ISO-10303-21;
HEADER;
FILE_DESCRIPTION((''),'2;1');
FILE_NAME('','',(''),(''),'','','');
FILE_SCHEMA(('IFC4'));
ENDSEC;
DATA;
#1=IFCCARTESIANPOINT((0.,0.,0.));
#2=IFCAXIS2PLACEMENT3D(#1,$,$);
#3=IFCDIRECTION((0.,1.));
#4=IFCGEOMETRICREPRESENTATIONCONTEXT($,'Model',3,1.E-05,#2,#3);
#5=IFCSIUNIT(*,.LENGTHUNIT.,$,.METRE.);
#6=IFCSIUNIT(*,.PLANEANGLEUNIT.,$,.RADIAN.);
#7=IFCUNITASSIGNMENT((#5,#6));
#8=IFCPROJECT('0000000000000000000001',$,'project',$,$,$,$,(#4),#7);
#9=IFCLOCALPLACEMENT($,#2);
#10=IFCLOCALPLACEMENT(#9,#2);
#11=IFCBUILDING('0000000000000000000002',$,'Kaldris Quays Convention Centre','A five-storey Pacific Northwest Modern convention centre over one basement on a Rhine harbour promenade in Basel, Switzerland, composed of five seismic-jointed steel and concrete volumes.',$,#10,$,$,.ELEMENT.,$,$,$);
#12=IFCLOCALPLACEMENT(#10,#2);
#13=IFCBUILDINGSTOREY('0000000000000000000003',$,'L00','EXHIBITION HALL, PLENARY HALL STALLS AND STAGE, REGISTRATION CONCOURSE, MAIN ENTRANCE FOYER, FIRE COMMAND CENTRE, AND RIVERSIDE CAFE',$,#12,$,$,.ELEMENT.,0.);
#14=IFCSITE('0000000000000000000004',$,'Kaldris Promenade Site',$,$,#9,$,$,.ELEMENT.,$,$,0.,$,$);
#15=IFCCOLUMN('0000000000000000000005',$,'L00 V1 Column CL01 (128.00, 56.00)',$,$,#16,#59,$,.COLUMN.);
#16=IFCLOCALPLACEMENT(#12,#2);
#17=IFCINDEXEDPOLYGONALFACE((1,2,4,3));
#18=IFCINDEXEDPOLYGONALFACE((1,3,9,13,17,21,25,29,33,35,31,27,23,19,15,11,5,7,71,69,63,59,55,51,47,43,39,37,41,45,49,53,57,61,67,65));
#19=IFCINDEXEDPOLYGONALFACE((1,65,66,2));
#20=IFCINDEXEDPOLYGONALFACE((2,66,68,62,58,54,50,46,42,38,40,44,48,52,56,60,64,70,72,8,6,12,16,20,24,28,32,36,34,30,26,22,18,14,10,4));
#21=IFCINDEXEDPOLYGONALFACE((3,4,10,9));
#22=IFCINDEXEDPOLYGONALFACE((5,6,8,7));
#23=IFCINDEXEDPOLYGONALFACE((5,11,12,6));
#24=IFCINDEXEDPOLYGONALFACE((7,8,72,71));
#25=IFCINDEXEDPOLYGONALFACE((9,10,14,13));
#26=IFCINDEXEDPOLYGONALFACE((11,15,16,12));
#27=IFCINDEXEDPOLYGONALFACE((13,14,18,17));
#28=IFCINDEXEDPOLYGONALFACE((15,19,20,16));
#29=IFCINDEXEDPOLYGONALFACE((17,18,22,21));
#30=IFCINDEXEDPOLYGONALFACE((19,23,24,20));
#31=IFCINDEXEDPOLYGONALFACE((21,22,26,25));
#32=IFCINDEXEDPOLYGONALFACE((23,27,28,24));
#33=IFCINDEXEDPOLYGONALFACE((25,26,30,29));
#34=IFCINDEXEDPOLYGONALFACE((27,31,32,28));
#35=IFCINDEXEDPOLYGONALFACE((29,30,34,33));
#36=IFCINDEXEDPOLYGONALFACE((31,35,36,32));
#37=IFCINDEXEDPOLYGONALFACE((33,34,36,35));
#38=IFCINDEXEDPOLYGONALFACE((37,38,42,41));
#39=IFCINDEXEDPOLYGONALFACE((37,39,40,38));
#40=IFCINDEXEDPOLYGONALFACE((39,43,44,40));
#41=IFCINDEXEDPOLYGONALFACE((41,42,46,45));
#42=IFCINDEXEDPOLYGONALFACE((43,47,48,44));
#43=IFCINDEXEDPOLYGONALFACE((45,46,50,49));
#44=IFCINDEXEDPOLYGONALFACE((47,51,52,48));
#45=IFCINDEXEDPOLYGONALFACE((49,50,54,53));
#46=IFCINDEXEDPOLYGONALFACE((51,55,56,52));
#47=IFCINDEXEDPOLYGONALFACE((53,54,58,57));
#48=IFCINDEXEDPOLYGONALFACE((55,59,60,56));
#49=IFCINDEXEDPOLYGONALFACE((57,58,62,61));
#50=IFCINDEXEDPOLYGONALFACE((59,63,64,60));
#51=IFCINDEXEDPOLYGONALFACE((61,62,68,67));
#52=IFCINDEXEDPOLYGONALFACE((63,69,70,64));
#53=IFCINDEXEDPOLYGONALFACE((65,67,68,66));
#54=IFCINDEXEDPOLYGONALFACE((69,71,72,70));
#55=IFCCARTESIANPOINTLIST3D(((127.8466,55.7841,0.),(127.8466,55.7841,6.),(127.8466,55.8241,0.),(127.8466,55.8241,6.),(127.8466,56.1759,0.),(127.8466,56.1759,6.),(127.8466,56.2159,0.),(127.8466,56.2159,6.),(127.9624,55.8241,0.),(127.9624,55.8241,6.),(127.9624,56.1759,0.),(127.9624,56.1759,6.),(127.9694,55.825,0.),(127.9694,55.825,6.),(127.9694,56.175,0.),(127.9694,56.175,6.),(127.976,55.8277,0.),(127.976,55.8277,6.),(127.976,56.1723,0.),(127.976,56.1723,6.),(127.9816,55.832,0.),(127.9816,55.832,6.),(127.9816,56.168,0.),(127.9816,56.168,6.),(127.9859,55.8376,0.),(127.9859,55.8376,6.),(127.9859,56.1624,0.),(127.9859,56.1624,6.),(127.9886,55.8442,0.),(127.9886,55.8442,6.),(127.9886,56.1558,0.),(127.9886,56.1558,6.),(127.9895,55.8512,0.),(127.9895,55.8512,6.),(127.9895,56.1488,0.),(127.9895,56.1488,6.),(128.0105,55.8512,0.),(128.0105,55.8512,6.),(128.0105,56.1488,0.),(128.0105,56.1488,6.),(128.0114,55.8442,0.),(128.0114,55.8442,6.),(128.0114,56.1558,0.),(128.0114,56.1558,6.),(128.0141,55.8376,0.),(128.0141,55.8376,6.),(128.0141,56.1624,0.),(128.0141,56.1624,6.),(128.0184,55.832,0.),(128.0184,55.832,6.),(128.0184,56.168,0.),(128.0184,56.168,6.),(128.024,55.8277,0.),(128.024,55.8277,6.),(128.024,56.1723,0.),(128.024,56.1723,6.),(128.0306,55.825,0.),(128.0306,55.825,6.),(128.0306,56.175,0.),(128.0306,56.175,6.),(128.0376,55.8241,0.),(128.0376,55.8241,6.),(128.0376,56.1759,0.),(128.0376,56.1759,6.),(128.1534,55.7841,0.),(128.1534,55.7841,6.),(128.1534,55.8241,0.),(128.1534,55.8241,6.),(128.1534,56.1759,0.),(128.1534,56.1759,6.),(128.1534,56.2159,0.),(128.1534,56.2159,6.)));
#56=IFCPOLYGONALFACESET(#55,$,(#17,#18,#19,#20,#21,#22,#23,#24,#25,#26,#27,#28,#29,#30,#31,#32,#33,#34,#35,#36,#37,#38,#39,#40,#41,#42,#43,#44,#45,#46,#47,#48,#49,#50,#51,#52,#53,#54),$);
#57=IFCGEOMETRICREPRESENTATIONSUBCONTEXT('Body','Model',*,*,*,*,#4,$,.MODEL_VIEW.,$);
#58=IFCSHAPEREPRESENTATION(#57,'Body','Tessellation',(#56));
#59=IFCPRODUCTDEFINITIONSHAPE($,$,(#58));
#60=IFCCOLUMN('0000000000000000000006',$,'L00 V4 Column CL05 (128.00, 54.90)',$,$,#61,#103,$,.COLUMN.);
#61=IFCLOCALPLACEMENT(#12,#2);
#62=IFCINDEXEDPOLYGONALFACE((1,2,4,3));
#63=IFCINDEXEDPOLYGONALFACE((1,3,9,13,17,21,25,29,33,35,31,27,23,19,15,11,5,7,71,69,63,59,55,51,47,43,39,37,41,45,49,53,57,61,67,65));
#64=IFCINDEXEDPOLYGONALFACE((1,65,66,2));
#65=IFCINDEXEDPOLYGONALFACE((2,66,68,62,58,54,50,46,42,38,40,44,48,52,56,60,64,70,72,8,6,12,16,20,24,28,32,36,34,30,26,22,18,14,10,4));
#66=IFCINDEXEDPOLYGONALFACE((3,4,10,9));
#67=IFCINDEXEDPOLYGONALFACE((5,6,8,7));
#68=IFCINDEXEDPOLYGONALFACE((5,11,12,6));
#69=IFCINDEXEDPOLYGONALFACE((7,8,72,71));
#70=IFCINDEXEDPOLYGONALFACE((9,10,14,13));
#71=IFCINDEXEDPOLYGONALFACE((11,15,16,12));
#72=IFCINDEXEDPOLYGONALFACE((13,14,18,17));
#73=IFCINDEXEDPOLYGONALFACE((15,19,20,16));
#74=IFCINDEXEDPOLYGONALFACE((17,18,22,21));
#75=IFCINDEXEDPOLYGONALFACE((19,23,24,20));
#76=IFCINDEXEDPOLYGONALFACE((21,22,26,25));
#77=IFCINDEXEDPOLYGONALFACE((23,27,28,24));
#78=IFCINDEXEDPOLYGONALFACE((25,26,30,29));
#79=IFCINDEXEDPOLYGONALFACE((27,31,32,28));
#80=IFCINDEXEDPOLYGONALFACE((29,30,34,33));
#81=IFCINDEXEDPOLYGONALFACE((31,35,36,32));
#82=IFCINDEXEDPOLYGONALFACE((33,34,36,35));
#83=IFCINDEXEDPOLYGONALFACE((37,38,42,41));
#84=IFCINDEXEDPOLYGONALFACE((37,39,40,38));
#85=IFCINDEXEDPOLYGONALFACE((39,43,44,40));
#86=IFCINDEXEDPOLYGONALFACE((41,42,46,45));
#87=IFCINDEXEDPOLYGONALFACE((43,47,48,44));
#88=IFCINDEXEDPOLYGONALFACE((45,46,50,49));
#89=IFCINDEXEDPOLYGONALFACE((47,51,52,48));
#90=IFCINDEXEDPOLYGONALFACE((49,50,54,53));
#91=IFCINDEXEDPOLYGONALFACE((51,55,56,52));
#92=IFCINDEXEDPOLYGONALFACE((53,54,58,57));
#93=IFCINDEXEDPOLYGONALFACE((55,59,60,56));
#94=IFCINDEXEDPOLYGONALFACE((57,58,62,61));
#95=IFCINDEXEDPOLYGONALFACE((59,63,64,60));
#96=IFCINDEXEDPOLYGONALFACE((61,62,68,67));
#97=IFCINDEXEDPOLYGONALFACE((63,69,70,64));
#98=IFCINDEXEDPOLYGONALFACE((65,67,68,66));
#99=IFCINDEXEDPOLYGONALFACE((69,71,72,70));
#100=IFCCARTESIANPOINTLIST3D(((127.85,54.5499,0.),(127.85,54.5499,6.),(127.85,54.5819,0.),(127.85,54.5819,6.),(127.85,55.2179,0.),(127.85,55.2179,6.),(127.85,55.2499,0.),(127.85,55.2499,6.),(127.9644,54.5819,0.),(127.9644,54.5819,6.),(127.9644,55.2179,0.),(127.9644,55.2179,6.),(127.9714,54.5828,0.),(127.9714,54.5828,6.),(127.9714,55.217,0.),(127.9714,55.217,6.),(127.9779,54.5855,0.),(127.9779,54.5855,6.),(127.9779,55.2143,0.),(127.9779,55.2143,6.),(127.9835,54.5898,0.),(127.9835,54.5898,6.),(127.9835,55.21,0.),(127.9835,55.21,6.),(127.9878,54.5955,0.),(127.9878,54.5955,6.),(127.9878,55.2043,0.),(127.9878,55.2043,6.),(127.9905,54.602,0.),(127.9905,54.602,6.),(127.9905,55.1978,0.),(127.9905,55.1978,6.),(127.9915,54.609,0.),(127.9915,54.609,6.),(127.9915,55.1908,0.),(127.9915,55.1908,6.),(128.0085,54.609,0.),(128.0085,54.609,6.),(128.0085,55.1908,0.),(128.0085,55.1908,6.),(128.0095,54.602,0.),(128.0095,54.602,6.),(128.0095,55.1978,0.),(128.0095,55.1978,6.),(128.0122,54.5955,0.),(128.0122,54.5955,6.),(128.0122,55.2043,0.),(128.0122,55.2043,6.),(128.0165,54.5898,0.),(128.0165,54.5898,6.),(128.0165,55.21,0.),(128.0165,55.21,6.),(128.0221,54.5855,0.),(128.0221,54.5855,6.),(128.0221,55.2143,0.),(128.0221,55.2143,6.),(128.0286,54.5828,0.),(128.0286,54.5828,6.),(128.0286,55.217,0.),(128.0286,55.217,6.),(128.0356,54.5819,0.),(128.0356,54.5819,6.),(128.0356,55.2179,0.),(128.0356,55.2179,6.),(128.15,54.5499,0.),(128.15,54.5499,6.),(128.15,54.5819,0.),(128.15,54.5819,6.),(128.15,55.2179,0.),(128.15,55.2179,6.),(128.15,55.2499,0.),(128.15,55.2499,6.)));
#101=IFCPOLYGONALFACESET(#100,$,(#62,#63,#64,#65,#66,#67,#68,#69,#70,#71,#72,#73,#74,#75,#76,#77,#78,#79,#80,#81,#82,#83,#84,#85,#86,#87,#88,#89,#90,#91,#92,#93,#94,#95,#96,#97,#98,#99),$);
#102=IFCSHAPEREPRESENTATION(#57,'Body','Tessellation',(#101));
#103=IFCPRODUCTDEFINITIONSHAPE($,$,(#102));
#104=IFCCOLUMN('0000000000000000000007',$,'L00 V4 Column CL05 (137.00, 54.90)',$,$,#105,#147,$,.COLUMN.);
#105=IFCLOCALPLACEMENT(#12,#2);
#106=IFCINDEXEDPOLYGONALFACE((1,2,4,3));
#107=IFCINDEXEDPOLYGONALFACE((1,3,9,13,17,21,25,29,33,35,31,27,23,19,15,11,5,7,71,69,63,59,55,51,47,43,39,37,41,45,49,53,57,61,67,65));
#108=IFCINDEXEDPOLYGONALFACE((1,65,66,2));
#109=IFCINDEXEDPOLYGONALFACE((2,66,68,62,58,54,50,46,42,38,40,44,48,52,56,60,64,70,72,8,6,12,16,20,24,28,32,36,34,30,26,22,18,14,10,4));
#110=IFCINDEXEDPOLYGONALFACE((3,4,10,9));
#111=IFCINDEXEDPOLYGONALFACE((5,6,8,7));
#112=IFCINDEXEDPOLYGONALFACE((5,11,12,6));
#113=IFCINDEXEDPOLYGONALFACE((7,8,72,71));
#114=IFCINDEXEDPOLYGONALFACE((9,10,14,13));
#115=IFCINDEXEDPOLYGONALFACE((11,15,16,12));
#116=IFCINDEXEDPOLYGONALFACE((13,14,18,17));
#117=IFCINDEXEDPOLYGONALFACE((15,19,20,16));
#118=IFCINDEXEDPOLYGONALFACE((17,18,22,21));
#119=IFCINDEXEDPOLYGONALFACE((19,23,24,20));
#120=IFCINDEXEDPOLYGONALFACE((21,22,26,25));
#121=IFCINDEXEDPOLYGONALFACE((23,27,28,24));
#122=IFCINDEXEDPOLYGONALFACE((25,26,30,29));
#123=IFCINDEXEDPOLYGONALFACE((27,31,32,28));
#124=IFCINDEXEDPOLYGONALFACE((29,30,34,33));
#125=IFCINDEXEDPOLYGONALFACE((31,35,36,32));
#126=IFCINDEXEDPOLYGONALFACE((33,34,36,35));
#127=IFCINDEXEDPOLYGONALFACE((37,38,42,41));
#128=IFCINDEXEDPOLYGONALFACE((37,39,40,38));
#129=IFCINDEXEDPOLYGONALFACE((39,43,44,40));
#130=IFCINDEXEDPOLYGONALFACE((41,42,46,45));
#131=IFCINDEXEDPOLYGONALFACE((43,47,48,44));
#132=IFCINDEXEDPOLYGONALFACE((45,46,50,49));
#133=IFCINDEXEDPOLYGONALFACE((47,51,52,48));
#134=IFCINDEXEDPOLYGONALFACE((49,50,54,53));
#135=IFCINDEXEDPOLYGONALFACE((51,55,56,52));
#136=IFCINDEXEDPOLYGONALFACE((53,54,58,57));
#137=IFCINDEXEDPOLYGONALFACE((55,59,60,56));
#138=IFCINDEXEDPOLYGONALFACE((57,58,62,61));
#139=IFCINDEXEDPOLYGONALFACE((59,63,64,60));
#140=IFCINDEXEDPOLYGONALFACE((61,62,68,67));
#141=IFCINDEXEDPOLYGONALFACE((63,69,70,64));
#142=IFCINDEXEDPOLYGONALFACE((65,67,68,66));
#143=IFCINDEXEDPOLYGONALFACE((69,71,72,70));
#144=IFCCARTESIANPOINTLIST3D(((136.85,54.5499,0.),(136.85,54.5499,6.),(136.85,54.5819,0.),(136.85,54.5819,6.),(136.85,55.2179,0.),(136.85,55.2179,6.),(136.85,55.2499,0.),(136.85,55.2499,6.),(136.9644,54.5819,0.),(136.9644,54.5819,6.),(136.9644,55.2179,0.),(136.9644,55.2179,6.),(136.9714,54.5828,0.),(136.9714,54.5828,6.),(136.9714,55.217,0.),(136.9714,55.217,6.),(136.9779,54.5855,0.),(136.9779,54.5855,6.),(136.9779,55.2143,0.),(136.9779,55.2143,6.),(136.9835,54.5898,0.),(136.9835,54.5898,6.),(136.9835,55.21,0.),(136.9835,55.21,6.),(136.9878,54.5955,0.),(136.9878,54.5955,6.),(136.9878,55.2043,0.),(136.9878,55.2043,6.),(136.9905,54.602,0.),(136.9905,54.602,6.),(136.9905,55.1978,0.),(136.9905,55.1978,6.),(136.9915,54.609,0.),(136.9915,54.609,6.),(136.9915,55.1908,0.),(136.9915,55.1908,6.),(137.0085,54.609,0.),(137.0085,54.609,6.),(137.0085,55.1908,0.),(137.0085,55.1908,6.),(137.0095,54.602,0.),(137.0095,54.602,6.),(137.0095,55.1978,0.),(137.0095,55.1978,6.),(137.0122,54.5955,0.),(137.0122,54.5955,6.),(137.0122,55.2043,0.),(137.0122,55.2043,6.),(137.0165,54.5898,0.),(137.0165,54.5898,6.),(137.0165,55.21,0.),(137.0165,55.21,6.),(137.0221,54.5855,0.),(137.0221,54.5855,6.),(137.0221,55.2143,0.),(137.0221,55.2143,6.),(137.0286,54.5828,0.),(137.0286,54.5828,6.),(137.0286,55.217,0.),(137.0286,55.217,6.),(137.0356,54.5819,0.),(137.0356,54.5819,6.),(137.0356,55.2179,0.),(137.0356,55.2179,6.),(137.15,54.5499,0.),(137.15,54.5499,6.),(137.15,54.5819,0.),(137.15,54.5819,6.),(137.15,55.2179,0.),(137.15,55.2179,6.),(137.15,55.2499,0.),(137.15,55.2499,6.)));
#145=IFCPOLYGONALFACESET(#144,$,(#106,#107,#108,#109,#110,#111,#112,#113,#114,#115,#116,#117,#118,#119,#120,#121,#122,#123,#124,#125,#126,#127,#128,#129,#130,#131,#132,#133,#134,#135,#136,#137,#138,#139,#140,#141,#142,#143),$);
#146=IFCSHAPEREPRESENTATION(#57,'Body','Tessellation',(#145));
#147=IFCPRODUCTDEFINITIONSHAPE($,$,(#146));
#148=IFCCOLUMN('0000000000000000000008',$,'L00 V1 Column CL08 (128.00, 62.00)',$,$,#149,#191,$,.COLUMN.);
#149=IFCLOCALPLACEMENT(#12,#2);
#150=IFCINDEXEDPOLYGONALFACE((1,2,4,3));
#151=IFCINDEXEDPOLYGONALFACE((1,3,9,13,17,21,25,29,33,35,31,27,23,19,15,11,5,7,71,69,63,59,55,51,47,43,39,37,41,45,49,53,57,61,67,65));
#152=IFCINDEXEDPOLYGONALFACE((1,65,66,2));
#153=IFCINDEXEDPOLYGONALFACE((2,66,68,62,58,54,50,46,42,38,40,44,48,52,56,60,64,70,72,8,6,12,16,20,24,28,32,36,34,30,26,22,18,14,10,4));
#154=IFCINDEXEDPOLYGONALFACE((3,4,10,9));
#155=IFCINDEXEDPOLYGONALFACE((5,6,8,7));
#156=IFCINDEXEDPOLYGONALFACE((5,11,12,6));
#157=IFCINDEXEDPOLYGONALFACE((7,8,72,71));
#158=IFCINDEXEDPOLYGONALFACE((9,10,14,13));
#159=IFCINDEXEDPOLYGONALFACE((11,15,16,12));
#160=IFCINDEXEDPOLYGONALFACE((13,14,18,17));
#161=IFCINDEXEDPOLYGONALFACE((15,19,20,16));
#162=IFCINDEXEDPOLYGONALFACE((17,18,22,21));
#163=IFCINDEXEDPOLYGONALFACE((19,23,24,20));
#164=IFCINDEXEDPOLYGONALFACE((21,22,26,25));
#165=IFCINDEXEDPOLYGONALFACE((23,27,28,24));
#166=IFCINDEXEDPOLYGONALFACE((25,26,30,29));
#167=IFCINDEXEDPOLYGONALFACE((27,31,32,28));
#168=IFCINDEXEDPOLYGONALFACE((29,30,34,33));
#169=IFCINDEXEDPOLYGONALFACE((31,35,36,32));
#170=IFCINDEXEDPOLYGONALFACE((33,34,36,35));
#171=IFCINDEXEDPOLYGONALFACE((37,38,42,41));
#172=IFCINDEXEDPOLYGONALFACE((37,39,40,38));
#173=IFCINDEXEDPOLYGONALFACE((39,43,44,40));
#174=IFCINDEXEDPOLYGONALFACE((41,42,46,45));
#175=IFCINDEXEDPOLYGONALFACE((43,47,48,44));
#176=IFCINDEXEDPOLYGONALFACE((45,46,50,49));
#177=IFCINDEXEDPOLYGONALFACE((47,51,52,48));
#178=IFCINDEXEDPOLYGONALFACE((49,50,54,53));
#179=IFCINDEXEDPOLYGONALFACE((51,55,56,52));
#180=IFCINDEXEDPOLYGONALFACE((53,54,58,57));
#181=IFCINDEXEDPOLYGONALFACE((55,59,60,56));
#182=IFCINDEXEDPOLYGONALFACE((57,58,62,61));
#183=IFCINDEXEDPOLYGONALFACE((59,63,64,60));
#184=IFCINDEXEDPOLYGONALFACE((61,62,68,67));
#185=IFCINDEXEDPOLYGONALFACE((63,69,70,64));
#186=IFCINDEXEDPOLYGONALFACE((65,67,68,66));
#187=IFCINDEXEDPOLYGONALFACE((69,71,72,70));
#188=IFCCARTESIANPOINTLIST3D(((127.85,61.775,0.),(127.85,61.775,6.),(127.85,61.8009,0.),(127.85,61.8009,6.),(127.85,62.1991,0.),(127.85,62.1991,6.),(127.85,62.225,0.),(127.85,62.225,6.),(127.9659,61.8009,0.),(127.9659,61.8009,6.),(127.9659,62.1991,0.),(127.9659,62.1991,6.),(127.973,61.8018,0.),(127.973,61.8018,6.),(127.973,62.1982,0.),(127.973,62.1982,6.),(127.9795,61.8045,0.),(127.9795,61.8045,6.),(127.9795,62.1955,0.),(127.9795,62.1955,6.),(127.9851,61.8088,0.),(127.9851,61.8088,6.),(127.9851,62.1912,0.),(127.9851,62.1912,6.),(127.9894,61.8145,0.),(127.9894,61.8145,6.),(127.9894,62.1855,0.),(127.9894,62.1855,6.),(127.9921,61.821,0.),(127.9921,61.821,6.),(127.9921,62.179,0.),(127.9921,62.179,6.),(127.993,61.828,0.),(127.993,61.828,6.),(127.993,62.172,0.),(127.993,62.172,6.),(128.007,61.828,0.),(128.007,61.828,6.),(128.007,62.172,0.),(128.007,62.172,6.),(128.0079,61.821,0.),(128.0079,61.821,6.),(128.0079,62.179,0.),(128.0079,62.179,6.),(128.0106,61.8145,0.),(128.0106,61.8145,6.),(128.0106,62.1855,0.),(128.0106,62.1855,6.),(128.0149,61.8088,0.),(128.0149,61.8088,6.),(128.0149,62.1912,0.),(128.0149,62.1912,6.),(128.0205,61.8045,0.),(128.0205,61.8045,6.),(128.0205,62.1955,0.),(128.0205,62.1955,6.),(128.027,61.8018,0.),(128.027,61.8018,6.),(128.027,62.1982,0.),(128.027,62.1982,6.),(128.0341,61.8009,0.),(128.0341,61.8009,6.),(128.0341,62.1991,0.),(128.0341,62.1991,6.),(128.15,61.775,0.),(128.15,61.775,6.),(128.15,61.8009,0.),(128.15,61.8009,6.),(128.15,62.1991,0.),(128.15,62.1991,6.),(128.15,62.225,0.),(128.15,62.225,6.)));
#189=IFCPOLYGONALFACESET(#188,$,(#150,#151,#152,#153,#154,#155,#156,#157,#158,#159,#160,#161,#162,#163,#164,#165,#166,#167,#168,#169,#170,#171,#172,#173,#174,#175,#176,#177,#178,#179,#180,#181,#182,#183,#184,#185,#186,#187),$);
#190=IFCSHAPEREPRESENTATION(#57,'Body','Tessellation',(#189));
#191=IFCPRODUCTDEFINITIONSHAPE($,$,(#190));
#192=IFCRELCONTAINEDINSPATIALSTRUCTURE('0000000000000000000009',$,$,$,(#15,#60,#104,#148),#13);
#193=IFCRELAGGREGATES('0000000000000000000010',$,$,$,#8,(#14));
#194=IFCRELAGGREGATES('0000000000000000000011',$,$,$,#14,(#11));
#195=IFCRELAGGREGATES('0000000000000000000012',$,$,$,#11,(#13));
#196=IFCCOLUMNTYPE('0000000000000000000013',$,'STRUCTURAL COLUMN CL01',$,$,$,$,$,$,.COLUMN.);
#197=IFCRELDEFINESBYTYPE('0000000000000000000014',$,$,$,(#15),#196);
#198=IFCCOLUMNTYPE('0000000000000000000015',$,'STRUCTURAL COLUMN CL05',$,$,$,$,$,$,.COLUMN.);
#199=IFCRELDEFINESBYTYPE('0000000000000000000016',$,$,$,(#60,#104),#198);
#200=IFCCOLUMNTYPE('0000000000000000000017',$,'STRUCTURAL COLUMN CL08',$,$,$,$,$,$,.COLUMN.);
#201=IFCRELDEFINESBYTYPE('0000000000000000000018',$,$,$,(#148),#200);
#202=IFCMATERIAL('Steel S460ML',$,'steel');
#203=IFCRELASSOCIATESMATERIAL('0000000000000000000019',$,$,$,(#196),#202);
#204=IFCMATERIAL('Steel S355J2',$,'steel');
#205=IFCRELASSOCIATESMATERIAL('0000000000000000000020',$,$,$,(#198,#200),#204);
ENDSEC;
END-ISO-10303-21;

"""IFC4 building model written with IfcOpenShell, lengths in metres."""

from ifc_helpers import new_model, si_unit, direction, frame, origin, origin_2d, place, context, subcontext, project, spatial, i_section, extrude, material, material_profile, profile_set, type_object, element, save


model = new_model("IFC4")

# Units and contexts
model_context = context("Model", 3, precision=1e-05, world=origin(), true_north=direction((0.0, 1.0)))
body_context = subcontext(model_context, "Body", "Model", "MODEL_VIEW")
ifc_project = project(units=[si_unit("LENGTHUNIT", "METRE"), si_unit("PLANEANGLEUNIT", "RADIAN")], contexts=[model_context])

# Site, building, storey
site_placement = place(None, origin())
site = spatial("IfcSite", under=ifc_project, at=site_placement, Name="Kaldris Promenade Site", CompositionType="ELEMENT", RefElevation=0.0)
building_placement = place(site_placement, origin())
building = spatial("IfcBuilding", under=site, at=building_placement, Name="Kaldris Quays Convention Centre", Description="A five-storey Pacific Northwest Modern convention centre over one basement on a Rhine harbour promenade in Basel, Switzerland, composed of five seismic-jointed steel and concrete volumes.", CompositionType="ELEMENT")
storey_placement = place(building_placement, origin())
storey = spatial("IfcBuildingStorey", under=building, at=storey_placement, Name="L00", Description="EXHIBITION HALL, PLENARY HALL STALLS AND STAGE, REGISTRATION CONCOURSE, MAIN ENTRANCE FOYER, FIRE COMMAND CENTRE, AND RIVERSIDE CAFE", CompositionType="ELEMENT", Elevation=0.0)

# Columns
ifc_material_1 = material(Name="Steel S460ML", Category="steel")
ifc_material_profile_1 = material_profile(ifc_material_1, i_section(OverallWidth=0.3069, OverallDepth=0.4319, WebThickness=0.021, FlangeThickness=0.04, FilletRadius=0.0271, at=origin_2d()), Name="HEM 400")
ifc_profile_set_1 = profile_set([ifc_material_profile_1], Name="Steel S460ML")
column_type_1 = type_object("IfcColumnType", Name="STRUCTURAL COLUMN CL01", PredefinedType="COLUMN", material=ifc_profile_set_1)
column_placement = place(storey_placement, frame((128.0, 56.0, 0.0), z_axis=(0.0, 0.0, 1.0), x_axis=(1.0, 0.0, 0.0)))
element("IfcColumn", 1, at=column_placement, inside=storey, type_object=column_type_1, Name="L00 V1 Column CL01 (128.00, 56.00)", PredefinedType="COLUMN", context=body_context, shape_type="SweptSolid", body=[
    extrude(i_section(OverallWidth=0.3069, OverallDepth=0.4319, WebThickness=0.021, FlangeThickness=0.04, FilletRadius=0.0271, at=origin_2d()), origin(), (0.0, 0.0, 1.0), 6.0),
])
ifc_material_2 = material(Name="Steel S355J2", Category="steel")
ifc_material_profile_2 = material_profile(ifc_material_2, i_section(OverallWidth=0.3, OverallDepth=0.7, WebThickness=0.0171, FlangeThickness=0.032, FilletRadius=0.0271, at=origin_2d()), Name="HEB 700")
ifc_profile_set_2 = profile_set([ifc_material_profile_2], Name="Steel S355J2")
column_type_2 = type_object("IfcColumnType", Name="STRUCTURAL COLUMN CL05", PredefinedType="COLUMN", material=ifc_profile_set_2)
for number, where, z_axis, x_axis, name in (
    (2, (128.0, 54.8999, 0.0), (0.0, 0.0, 1.0), (1.0, 0.0, 0.0), "L00 V4 Column CL05 (128.00, 54.90)"),
    (3, (137.0, 54.8999, 0.0), (0.0, 0.0, 1.0), (1.0, 0.0, 0.0), "L00 V4 Column CL05 (137.00, 54.90)"),
):
    element("IfcColumn", number, at=place(storey_placement, frame(where, z_axis=z_axis, x_axis=x_axis)), inside=storey, type_object=column_type_2, Name=name, PredefinedType="COLUMN", context=body_context, shape_type="SweptSolid", body=[
        extrude(i_section(OverallWidth=0.3, OverallDepth=0.7, WebThickness=0.0171, FlangeThickness=0.032, FilletRadius=0.0271, at=origin_2d()), origin(), (0.0, 0.0, 1.0), 6.0),
    ])
ifc_material_profile_3 = material_profile(ifc_material_2, i_section(OverallWidth=0.3, OverallDepth=0.45, WebThickness=0.0139, FlangeThickness=0.0259, FilletRadius=0.0271, at=origin_2d()), Name="HEB 450")
ifc_profile_set_3 = profile_set([ifc_material_profile_3], Name="Steel S355J2")
column_type_3 = type_object("IfcColumnType", Name="STRUCTURAL COLUMN CL08", PredefinedType="COLUMN", material=ifc_profile_set_3)
for number, where, z_axis, x_axis, name in (
    (4, (128.0, 62.0, 0.0), (0.0, 0.0, 1.0), (1.0, 0.0, 0.0), "L00 V1 Column CL08 (128.00, 62.00)"),
):
    element("IfcColumn", number, at=place(storey_placement, frame(where, z_axis=z_axis, x_axis=x_axis)), inside=storey, type_object=column_type_3, Name=name, PredefinedType="COLUMN", context=body_context, shape_type="SweptSolid", body=[
        extrude(i_section(OverallWidth=0.3, OverallDepth=0.45, WebThickness=0.0139, FlangeThickness=0.0259, FilletRadius=0.0271, at=origin_2d()), origin(), (0.0, 0.0, 1.0), 6.0),
    ])

save(model, "model.ifc")
